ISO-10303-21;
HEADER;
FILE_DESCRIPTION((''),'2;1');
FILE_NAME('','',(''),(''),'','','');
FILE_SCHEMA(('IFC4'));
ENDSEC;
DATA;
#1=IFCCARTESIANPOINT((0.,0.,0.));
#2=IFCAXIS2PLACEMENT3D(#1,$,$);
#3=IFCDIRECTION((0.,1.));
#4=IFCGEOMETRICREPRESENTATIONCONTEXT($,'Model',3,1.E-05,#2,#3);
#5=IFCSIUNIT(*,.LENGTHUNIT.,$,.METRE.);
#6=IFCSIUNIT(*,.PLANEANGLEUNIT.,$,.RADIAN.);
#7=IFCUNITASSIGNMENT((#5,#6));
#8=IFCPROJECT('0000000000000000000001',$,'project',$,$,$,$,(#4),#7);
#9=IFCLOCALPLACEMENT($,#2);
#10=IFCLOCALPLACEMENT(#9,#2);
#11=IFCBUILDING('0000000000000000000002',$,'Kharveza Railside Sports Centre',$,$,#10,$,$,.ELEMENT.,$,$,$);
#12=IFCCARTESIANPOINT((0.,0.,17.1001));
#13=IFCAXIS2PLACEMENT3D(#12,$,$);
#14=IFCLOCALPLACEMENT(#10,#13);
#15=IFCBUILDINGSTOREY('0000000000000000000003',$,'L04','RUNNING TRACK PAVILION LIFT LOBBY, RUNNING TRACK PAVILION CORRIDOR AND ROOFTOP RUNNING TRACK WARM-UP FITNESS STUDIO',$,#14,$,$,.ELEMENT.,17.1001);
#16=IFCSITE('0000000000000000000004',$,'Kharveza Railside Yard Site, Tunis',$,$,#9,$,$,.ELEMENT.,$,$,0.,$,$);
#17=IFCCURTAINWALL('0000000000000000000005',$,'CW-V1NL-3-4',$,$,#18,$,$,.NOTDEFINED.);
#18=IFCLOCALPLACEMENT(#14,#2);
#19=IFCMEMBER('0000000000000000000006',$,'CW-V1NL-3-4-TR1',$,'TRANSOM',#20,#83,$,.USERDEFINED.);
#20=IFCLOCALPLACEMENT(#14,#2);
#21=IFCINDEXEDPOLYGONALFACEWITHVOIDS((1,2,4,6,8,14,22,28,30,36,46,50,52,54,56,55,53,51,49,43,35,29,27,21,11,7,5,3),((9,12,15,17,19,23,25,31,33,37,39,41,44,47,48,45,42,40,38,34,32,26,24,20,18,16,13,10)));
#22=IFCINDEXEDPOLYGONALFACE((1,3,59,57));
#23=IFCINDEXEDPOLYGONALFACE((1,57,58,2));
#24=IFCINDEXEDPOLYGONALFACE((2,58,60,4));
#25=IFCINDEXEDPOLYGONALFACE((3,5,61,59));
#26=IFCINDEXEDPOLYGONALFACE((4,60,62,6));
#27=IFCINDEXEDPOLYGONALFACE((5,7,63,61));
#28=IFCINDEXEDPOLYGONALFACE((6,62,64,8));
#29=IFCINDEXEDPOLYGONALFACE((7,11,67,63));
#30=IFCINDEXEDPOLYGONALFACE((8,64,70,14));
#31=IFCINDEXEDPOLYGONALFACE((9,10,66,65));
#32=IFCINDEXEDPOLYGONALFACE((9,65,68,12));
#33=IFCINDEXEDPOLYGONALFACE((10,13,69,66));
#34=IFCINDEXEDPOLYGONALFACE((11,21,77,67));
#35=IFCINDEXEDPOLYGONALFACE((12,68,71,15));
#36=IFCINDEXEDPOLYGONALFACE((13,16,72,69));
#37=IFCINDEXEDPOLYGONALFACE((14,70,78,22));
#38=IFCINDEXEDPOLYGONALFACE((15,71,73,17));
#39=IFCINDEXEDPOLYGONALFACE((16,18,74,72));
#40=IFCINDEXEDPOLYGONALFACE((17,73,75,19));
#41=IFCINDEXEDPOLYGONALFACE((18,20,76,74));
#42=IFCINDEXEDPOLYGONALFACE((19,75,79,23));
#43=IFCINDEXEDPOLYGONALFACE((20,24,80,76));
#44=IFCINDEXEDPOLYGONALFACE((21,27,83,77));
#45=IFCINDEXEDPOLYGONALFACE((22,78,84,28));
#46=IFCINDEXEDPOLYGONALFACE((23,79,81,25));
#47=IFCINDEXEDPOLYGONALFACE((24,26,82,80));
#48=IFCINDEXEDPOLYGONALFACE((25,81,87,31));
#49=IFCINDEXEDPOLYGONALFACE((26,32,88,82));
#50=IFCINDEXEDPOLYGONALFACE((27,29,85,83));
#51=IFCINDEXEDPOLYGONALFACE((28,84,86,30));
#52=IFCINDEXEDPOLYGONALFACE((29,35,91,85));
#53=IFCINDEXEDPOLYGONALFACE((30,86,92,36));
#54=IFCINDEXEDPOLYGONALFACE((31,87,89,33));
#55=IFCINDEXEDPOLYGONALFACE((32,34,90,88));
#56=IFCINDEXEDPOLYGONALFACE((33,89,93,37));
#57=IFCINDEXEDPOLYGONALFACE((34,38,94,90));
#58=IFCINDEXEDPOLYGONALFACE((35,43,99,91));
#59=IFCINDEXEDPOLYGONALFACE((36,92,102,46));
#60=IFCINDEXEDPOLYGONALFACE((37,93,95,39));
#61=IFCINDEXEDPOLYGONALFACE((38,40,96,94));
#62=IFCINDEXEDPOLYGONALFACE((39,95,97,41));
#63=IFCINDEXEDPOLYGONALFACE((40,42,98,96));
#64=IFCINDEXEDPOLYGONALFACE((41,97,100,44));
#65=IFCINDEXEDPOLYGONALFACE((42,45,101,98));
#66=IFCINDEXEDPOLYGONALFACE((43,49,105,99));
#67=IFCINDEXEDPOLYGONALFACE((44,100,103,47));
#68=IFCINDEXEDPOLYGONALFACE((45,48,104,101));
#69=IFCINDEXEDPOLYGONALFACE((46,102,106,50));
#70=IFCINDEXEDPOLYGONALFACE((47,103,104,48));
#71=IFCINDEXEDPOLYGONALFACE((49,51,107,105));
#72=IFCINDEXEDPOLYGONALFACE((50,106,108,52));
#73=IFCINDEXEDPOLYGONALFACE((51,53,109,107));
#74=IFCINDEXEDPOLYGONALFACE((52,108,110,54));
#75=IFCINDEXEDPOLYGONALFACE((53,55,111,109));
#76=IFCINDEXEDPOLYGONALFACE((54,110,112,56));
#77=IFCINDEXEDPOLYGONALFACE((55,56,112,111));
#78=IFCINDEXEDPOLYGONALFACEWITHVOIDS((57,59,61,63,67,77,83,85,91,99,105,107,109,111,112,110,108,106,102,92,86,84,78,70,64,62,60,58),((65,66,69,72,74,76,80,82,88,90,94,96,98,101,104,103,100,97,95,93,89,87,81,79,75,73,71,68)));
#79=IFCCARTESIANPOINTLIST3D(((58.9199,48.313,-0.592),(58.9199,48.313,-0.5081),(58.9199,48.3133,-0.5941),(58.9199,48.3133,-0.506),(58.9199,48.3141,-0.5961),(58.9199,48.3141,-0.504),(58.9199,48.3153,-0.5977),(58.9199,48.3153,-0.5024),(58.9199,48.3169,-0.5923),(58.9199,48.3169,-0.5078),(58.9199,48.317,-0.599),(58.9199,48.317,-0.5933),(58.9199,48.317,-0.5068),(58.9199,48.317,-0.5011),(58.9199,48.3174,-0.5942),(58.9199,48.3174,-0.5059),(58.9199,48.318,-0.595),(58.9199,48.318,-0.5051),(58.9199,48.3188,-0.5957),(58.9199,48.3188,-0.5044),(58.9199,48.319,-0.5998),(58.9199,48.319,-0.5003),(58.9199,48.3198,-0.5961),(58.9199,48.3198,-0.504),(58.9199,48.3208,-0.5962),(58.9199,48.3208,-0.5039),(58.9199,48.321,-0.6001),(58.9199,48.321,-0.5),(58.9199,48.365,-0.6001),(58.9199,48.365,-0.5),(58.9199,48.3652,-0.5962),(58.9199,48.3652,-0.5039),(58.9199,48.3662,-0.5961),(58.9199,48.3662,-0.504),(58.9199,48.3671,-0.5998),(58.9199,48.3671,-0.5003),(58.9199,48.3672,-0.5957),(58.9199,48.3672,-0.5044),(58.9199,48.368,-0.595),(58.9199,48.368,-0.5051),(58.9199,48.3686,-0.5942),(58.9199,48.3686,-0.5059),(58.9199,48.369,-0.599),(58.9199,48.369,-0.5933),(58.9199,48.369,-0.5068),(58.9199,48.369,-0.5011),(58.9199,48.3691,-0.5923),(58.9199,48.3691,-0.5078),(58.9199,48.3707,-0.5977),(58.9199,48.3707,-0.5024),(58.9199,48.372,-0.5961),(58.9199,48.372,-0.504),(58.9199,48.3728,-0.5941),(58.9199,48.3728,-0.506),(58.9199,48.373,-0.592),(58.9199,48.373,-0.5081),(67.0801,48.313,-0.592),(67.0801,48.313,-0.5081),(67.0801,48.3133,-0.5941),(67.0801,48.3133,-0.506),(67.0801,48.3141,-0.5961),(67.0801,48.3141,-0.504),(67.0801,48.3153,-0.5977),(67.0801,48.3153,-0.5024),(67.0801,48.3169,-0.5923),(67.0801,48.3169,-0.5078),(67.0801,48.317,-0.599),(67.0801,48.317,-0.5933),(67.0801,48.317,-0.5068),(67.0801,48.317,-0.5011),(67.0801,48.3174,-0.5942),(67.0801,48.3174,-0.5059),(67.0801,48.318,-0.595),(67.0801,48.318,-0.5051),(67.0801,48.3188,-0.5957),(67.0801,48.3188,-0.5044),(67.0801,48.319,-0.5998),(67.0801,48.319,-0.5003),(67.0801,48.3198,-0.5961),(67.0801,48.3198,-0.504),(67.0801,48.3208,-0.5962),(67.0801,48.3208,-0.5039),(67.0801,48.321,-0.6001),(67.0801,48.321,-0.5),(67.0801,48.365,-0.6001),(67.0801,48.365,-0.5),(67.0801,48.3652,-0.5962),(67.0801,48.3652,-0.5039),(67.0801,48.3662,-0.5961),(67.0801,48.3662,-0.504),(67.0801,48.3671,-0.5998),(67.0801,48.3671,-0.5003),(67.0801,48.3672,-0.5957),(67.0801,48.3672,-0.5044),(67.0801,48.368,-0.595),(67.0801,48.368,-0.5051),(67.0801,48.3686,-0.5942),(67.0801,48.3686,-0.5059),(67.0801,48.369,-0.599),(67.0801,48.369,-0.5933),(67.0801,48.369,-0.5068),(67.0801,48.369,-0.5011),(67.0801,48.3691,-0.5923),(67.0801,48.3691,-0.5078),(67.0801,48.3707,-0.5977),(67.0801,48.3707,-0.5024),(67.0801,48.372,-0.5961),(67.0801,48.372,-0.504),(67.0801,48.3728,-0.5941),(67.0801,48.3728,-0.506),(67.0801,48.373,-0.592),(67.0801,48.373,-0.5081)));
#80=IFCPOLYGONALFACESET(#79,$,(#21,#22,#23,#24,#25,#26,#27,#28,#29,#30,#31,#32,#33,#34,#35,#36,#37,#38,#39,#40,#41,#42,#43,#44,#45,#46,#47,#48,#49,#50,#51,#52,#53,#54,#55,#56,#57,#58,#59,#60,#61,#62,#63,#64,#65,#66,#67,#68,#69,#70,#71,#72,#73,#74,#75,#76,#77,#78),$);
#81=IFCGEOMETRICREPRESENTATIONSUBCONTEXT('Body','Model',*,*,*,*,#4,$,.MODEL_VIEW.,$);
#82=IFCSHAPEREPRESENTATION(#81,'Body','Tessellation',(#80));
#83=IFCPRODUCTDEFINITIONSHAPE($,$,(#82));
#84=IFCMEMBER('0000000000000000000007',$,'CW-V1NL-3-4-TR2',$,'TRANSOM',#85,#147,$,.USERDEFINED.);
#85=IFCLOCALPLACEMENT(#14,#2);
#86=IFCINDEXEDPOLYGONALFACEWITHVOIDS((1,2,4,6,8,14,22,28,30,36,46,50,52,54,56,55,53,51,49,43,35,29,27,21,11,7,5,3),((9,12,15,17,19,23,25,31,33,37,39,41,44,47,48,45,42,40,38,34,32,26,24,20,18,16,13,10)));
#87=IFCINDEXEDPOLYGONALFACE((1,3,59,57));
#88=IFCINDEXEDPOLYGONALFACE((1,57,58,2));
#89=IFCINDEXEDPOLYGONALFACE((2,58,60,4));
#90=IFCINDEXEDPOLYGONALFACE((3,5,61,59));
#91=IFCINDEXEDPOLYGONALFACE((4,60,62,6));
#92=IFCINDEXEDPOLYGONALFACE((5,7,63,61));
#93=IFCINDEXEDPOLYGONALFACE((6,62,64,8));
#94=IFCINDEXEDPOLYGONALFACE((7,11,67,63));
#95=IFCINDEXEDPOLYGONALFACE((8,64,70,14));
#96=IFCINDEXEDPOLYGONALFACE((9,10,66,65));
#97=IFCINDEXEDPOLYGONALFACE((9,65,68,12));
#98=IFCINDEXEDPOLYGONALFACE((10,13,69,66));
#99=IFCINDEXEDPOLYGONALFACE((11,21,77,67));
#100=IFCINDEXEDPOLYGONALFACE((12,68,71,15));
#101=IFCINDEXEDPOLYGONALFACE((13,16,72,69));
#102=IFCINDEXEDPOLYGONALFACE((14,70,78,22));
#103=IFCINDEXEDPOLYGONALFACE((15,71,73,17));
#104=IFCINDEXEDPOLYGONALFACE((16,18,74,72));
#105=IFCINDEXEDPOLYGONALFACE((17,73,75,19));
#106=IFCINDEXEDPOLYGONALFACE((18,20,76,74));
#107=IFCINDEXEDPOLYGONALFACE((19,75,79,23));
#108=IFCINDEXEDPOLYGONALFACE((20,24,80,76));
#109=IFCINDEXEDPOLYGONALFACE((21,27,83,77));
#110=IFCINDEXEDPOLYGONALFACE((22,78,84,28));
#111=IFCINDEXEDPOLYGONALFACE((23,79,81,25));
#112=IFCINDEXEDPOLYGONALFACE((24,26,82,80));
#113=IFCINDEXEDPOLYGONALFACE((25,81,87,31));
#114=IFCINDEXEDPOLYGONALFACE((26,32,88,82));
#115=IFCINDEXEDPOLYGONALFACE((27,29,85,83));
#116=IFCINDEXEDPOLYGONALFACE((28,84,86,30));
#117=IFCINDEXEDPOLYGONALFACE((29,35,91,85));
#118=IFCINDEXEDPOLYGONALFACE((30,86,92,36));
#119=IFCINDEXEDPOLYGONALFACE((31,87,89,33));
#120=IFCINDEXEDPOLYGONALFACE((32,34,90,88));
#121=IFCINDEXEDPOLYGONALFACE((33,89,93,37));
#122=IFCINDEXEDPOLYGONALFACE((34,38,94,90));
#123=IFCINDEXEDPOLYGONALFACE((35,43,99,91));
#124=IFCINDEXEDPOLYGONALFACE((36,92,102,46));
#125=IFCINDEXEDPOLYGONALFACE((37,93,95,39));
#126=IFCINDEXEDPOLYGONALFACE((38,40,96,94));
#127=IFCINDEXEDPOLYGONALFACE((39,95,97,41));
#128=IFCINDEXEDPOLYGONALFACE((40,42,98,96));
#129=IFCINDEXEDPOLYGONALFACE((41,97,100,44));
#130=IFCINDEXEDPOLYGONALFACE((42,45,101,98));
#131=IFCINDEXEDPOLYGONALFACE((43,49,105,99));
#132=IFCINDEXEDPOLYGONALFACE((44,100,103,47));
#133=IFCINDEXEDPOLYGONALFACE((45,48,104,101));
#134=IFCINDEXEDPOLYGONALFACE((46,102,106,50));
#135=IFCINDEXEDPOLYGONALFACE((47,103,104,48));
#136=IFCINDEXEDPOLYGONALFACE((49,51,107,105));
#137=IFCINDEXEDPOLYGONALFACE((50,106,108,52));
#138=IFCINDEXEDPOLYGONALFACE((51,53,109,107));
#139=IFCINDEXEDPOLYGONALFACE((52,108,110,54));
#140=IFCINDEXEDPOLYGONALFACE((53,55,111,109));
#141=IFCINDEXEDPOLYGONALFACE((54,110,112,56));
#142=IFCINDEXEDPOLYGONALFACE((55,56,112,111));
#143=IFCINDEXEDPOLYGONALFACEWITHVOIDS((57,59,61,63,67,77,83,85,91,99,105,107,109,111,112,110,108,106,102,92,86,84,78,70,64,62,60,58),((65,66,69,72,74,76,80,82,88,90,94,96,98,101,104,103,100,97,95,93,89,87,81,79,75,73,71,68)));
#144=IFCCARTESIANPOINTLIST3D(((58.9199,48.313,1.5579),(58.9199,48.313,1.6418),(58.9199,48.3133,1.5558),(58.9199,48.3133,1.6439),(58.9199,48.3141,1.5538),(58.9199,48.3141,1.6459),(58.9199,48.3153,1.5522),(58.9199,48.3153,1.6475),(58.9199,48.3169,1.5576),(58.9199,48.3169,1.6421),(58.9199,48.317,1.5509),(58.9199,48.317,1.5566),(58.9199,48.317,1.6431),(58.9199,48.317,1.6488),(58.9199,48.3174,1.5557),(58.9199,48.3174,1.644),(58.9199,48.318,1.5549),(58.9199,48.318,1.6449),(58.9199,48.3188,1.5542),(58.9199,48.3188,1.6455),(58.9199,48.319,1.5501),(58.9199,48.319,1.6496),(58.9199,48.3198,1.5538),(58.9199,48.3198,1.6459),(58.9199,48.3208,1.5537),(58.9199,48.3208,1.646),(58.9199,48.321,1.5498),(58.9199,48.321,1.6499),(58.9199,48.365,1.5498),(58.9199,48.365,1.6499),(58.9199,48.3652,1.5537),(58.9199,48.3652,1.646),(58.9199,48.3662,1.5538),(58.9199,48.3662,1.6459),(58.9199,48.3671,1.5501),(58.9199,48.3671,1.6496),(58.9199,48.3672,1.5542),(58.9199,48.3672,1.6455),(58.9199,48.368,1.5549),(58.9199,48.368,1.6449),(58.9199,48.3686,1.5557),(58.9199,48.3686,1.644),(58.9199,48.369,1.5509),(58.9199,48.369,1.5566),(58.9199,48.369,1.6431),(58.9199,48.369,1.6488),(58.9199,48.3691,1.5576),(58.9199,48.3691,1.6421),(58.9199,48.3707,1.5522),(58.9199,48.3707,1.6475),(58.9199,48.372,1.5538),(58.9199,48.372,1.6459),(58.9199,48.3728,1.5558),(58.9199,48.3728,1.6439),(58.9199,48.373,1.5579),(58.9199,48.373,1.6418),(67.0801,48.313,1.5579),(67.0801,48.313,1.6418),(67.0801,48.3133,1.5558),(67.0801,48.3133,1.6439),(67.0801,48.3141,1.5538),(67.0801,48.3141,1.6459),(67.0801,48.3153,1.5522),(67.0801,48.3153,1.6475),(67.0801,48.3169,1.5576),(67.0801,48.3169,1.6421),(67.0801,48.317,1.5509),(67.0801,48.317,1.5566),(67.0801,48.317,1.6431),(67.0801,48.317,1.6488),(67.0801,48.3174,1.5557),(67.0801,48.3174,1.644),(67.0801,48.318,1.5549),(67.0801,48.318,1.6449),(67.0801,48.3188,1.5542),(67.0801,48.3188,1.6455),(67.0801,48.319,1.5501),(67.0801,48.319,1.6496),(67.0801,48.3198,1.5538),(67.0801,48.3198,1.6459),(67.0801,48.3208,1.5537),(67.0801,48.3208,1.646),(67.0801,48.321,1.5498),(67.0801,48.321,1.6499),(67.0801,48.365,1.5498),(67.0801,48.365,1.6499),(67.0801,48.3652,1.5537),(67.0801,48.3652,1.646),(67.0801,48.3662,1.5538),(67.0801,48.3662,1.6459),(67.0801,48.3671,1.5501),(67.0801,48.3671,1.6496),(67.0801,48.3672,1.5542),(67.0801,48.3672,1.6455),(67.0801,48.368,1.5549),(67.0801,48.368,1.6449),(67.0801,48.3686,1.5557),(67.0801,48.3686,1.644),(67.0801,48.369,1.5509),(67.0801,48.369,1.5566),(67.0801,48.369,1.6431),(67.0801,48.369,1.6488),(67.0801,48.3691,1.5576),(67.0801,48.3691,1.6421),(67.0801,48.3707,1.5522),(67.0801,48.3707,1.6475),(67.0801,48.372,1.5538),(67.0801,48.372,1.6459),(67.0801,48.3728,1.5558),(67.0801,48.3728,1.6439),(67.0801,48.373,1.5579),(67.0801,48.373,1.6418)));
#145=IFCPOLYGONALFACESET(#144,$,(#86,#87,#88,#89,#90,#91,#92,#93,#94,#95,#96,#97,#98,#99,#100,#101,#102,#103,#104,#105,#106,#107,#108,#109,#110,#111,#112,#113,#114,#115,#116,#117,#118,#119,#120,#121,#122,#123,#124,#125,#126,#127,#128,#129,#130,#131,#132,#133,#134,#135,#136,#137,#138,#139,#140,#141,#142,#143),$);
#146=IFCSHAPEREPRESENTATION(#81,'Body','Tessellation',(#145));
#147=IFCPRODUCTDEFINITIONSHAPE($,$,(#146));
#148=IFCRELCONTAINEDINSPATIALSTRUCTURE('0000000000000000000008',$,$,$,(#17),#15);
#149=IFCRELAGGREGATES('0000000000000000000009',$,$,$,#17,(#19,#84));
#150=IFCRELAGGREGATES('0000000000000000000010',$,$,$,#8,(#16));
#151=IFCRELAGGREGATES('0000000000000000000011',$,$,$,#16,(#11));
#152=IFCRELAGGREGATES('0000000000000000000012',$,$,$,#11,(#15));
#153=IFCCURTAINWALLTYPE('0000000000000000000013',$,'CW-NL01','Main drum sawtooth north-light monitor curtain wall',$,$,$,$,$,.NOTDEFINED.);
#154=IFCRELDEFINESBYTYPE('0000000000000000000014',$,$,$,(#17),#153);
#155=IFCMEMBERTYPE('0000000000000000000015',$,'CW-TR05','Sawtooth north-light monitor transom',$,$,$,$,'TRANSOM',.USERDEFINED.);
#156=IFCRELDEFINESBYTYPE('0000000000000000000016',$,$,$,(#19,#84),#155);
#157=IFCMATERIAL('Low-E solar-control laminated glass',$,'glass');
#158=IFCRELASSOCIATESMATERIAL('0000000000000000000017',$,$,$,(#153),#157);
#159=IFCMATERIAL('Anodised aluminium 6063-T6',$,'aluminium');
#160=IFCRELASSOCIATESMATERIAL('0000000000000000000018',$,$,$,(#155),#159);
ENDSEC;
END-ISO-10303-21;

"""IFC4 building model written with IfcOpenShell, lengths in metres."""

from ifc_helpers import new_model, si_unit, direction, frame, origin, origin_2d, place, context, subcontext, project, spatial, hollow_rectangle, extrude, material, material_profile, profile_set, type_object, element, aggregate, save


model = new_model("IFC4")

# Units and contexts
model_context = context("Model", 3, precision=1e-05, world=origin(), true_north=direction((0.0, 1.0)))
body_context = subcontext(model_context, "Body", "Model", "MODEL_VIEW")
ifc_project = project(units=[si_unit("LENGTHUNIT", "METRE"), si_unit("PLANEANGLEUNIT", "RADIAN")], contexts=[model_context])

# Site, building, storey
site_placement = place(None, origin())
site = spatial("IfcSite", under=ifc_project, at=site_placement, Name="Kharveza Railside Yard Site, Tunis", CompositionType="ELEMENT", RefElevation=0.0)
building_placement = place(site_placement, origin())
building = spatial("IfcBuilding", under=site, at=building_placement, Name="Kharveza Railside Sports Centre", CompositionType="ELEMENT")
storey_placement = place(building_placement, frame((0.0, 0.0, 17.1001)))
storey = spatial("IfcBuildingStorey", under=building, at=storey_placement, Name="L04", Description="RUNNING TRACK PAVILION LIFT LOBBY, RUNNING TRACK PAVILION CORRIDOR AND ROOFTOP RUNNING TRACK WARM-UP FITNESS STUDIO", CompositionType="ELEMENT", Elevation=17.1001)

# Curtain wall
ifc_material_1 = material(Name="Low-E solar-control laminated glass", Category="glass")
curtain_wall_type = type_object("IfcCurtainWallType", Name="CW-NL01", Description="Main drum sawtooth north-light monitor curtain wall", PredefinedType="NOTDEFINED", material=ifc_material_1)
ifc_material_2 = material(Name="Anodised aluminium 6063-T6", Category="aluminium")
curtain_wall_1_placement = place(storey_placement, origin())
curtain_wall_1 = element("IfcCurtainWall", 1, at=curtain_wall_1_placement, inside=storey, type_object=curtain_wall_type, Name="CW-V1NL-3-4", PredefinedType="NOTDEFINED")

# Members
ifc_material_profile_1 = material_profile(ifc_material_2, hollow_rectangle(XDim=0.0601, YDim=0.1001, WallThickness=0.0039, InnerFilletRadius=0.0039, OuterFilletRadius=0.0081, at=origin_2d()), Name="RHS 60x100x4.0")
ifc_profile_set_1 = profile_set([ifc_material_profile_1], Name="Anodised aluminium 6063-T6")
member_type_1 = type_object("IfcMemberType", Name="CW-TR05", Description="Sawtooth north-light monitor transom", ElementType="TRANSOM", PredefinedType="USERDEFINED", material=ifc_profile_set_1)
member_1_placement = place(storey_placement, frame((58.9199, 48.343, -0.55), z_axis=(1.0, 0.0, 0.0), x_axis=(0.0, 1.0, 0.0)))
member_1 = element("IfcMember", 2, at=member_1_placement, type_object=member_type_1, Name="CW-V1NL-3-4-TR1", ObjectType="TRANSOM", PredefinedType="USERDEFINED", context=body_context, shape_type="SweptSolid", body=[
    extrude(hollow_rectangle(XDim=0.0601, YDim=0.1001, WallThickness=0.0039, InnerFilletRadius=0.0039, OuterFilletRadius=0.0081, at=origin_2d()), origin(), (0.0, 0.0, 1.0), 8.1602),
])
member_2_placement = place(storey_placement, frame((58.9199, 48.343, 1.5999), z_axis=(1.0, 0.0, 0.0), x_axis=(0.0, 1.0, 0.0)))
member_2 = element("IfcMember", 3, at=member_2_placement, type_object=member_type_1, Name="CW-V1NL-3-4-TR2", ObjectType="TRANSOM", PredefinedType="USERDEFINED", context=body_context, shape_type="SweptSolid", body=[
    extrude(hollow_rectangle(XDim=0.0601, YDim=0.1001, WallThickness=0.0039, InnerFilletRadius=0.0039, OuterFilletRadius=0.0081, at=origin_2d()), origin(), (0.0, 0.0, 1.0), 8.1602),
])

aggregate(curtain_wall_1, [member_1, member_2])

save(model, "model.ifc")
